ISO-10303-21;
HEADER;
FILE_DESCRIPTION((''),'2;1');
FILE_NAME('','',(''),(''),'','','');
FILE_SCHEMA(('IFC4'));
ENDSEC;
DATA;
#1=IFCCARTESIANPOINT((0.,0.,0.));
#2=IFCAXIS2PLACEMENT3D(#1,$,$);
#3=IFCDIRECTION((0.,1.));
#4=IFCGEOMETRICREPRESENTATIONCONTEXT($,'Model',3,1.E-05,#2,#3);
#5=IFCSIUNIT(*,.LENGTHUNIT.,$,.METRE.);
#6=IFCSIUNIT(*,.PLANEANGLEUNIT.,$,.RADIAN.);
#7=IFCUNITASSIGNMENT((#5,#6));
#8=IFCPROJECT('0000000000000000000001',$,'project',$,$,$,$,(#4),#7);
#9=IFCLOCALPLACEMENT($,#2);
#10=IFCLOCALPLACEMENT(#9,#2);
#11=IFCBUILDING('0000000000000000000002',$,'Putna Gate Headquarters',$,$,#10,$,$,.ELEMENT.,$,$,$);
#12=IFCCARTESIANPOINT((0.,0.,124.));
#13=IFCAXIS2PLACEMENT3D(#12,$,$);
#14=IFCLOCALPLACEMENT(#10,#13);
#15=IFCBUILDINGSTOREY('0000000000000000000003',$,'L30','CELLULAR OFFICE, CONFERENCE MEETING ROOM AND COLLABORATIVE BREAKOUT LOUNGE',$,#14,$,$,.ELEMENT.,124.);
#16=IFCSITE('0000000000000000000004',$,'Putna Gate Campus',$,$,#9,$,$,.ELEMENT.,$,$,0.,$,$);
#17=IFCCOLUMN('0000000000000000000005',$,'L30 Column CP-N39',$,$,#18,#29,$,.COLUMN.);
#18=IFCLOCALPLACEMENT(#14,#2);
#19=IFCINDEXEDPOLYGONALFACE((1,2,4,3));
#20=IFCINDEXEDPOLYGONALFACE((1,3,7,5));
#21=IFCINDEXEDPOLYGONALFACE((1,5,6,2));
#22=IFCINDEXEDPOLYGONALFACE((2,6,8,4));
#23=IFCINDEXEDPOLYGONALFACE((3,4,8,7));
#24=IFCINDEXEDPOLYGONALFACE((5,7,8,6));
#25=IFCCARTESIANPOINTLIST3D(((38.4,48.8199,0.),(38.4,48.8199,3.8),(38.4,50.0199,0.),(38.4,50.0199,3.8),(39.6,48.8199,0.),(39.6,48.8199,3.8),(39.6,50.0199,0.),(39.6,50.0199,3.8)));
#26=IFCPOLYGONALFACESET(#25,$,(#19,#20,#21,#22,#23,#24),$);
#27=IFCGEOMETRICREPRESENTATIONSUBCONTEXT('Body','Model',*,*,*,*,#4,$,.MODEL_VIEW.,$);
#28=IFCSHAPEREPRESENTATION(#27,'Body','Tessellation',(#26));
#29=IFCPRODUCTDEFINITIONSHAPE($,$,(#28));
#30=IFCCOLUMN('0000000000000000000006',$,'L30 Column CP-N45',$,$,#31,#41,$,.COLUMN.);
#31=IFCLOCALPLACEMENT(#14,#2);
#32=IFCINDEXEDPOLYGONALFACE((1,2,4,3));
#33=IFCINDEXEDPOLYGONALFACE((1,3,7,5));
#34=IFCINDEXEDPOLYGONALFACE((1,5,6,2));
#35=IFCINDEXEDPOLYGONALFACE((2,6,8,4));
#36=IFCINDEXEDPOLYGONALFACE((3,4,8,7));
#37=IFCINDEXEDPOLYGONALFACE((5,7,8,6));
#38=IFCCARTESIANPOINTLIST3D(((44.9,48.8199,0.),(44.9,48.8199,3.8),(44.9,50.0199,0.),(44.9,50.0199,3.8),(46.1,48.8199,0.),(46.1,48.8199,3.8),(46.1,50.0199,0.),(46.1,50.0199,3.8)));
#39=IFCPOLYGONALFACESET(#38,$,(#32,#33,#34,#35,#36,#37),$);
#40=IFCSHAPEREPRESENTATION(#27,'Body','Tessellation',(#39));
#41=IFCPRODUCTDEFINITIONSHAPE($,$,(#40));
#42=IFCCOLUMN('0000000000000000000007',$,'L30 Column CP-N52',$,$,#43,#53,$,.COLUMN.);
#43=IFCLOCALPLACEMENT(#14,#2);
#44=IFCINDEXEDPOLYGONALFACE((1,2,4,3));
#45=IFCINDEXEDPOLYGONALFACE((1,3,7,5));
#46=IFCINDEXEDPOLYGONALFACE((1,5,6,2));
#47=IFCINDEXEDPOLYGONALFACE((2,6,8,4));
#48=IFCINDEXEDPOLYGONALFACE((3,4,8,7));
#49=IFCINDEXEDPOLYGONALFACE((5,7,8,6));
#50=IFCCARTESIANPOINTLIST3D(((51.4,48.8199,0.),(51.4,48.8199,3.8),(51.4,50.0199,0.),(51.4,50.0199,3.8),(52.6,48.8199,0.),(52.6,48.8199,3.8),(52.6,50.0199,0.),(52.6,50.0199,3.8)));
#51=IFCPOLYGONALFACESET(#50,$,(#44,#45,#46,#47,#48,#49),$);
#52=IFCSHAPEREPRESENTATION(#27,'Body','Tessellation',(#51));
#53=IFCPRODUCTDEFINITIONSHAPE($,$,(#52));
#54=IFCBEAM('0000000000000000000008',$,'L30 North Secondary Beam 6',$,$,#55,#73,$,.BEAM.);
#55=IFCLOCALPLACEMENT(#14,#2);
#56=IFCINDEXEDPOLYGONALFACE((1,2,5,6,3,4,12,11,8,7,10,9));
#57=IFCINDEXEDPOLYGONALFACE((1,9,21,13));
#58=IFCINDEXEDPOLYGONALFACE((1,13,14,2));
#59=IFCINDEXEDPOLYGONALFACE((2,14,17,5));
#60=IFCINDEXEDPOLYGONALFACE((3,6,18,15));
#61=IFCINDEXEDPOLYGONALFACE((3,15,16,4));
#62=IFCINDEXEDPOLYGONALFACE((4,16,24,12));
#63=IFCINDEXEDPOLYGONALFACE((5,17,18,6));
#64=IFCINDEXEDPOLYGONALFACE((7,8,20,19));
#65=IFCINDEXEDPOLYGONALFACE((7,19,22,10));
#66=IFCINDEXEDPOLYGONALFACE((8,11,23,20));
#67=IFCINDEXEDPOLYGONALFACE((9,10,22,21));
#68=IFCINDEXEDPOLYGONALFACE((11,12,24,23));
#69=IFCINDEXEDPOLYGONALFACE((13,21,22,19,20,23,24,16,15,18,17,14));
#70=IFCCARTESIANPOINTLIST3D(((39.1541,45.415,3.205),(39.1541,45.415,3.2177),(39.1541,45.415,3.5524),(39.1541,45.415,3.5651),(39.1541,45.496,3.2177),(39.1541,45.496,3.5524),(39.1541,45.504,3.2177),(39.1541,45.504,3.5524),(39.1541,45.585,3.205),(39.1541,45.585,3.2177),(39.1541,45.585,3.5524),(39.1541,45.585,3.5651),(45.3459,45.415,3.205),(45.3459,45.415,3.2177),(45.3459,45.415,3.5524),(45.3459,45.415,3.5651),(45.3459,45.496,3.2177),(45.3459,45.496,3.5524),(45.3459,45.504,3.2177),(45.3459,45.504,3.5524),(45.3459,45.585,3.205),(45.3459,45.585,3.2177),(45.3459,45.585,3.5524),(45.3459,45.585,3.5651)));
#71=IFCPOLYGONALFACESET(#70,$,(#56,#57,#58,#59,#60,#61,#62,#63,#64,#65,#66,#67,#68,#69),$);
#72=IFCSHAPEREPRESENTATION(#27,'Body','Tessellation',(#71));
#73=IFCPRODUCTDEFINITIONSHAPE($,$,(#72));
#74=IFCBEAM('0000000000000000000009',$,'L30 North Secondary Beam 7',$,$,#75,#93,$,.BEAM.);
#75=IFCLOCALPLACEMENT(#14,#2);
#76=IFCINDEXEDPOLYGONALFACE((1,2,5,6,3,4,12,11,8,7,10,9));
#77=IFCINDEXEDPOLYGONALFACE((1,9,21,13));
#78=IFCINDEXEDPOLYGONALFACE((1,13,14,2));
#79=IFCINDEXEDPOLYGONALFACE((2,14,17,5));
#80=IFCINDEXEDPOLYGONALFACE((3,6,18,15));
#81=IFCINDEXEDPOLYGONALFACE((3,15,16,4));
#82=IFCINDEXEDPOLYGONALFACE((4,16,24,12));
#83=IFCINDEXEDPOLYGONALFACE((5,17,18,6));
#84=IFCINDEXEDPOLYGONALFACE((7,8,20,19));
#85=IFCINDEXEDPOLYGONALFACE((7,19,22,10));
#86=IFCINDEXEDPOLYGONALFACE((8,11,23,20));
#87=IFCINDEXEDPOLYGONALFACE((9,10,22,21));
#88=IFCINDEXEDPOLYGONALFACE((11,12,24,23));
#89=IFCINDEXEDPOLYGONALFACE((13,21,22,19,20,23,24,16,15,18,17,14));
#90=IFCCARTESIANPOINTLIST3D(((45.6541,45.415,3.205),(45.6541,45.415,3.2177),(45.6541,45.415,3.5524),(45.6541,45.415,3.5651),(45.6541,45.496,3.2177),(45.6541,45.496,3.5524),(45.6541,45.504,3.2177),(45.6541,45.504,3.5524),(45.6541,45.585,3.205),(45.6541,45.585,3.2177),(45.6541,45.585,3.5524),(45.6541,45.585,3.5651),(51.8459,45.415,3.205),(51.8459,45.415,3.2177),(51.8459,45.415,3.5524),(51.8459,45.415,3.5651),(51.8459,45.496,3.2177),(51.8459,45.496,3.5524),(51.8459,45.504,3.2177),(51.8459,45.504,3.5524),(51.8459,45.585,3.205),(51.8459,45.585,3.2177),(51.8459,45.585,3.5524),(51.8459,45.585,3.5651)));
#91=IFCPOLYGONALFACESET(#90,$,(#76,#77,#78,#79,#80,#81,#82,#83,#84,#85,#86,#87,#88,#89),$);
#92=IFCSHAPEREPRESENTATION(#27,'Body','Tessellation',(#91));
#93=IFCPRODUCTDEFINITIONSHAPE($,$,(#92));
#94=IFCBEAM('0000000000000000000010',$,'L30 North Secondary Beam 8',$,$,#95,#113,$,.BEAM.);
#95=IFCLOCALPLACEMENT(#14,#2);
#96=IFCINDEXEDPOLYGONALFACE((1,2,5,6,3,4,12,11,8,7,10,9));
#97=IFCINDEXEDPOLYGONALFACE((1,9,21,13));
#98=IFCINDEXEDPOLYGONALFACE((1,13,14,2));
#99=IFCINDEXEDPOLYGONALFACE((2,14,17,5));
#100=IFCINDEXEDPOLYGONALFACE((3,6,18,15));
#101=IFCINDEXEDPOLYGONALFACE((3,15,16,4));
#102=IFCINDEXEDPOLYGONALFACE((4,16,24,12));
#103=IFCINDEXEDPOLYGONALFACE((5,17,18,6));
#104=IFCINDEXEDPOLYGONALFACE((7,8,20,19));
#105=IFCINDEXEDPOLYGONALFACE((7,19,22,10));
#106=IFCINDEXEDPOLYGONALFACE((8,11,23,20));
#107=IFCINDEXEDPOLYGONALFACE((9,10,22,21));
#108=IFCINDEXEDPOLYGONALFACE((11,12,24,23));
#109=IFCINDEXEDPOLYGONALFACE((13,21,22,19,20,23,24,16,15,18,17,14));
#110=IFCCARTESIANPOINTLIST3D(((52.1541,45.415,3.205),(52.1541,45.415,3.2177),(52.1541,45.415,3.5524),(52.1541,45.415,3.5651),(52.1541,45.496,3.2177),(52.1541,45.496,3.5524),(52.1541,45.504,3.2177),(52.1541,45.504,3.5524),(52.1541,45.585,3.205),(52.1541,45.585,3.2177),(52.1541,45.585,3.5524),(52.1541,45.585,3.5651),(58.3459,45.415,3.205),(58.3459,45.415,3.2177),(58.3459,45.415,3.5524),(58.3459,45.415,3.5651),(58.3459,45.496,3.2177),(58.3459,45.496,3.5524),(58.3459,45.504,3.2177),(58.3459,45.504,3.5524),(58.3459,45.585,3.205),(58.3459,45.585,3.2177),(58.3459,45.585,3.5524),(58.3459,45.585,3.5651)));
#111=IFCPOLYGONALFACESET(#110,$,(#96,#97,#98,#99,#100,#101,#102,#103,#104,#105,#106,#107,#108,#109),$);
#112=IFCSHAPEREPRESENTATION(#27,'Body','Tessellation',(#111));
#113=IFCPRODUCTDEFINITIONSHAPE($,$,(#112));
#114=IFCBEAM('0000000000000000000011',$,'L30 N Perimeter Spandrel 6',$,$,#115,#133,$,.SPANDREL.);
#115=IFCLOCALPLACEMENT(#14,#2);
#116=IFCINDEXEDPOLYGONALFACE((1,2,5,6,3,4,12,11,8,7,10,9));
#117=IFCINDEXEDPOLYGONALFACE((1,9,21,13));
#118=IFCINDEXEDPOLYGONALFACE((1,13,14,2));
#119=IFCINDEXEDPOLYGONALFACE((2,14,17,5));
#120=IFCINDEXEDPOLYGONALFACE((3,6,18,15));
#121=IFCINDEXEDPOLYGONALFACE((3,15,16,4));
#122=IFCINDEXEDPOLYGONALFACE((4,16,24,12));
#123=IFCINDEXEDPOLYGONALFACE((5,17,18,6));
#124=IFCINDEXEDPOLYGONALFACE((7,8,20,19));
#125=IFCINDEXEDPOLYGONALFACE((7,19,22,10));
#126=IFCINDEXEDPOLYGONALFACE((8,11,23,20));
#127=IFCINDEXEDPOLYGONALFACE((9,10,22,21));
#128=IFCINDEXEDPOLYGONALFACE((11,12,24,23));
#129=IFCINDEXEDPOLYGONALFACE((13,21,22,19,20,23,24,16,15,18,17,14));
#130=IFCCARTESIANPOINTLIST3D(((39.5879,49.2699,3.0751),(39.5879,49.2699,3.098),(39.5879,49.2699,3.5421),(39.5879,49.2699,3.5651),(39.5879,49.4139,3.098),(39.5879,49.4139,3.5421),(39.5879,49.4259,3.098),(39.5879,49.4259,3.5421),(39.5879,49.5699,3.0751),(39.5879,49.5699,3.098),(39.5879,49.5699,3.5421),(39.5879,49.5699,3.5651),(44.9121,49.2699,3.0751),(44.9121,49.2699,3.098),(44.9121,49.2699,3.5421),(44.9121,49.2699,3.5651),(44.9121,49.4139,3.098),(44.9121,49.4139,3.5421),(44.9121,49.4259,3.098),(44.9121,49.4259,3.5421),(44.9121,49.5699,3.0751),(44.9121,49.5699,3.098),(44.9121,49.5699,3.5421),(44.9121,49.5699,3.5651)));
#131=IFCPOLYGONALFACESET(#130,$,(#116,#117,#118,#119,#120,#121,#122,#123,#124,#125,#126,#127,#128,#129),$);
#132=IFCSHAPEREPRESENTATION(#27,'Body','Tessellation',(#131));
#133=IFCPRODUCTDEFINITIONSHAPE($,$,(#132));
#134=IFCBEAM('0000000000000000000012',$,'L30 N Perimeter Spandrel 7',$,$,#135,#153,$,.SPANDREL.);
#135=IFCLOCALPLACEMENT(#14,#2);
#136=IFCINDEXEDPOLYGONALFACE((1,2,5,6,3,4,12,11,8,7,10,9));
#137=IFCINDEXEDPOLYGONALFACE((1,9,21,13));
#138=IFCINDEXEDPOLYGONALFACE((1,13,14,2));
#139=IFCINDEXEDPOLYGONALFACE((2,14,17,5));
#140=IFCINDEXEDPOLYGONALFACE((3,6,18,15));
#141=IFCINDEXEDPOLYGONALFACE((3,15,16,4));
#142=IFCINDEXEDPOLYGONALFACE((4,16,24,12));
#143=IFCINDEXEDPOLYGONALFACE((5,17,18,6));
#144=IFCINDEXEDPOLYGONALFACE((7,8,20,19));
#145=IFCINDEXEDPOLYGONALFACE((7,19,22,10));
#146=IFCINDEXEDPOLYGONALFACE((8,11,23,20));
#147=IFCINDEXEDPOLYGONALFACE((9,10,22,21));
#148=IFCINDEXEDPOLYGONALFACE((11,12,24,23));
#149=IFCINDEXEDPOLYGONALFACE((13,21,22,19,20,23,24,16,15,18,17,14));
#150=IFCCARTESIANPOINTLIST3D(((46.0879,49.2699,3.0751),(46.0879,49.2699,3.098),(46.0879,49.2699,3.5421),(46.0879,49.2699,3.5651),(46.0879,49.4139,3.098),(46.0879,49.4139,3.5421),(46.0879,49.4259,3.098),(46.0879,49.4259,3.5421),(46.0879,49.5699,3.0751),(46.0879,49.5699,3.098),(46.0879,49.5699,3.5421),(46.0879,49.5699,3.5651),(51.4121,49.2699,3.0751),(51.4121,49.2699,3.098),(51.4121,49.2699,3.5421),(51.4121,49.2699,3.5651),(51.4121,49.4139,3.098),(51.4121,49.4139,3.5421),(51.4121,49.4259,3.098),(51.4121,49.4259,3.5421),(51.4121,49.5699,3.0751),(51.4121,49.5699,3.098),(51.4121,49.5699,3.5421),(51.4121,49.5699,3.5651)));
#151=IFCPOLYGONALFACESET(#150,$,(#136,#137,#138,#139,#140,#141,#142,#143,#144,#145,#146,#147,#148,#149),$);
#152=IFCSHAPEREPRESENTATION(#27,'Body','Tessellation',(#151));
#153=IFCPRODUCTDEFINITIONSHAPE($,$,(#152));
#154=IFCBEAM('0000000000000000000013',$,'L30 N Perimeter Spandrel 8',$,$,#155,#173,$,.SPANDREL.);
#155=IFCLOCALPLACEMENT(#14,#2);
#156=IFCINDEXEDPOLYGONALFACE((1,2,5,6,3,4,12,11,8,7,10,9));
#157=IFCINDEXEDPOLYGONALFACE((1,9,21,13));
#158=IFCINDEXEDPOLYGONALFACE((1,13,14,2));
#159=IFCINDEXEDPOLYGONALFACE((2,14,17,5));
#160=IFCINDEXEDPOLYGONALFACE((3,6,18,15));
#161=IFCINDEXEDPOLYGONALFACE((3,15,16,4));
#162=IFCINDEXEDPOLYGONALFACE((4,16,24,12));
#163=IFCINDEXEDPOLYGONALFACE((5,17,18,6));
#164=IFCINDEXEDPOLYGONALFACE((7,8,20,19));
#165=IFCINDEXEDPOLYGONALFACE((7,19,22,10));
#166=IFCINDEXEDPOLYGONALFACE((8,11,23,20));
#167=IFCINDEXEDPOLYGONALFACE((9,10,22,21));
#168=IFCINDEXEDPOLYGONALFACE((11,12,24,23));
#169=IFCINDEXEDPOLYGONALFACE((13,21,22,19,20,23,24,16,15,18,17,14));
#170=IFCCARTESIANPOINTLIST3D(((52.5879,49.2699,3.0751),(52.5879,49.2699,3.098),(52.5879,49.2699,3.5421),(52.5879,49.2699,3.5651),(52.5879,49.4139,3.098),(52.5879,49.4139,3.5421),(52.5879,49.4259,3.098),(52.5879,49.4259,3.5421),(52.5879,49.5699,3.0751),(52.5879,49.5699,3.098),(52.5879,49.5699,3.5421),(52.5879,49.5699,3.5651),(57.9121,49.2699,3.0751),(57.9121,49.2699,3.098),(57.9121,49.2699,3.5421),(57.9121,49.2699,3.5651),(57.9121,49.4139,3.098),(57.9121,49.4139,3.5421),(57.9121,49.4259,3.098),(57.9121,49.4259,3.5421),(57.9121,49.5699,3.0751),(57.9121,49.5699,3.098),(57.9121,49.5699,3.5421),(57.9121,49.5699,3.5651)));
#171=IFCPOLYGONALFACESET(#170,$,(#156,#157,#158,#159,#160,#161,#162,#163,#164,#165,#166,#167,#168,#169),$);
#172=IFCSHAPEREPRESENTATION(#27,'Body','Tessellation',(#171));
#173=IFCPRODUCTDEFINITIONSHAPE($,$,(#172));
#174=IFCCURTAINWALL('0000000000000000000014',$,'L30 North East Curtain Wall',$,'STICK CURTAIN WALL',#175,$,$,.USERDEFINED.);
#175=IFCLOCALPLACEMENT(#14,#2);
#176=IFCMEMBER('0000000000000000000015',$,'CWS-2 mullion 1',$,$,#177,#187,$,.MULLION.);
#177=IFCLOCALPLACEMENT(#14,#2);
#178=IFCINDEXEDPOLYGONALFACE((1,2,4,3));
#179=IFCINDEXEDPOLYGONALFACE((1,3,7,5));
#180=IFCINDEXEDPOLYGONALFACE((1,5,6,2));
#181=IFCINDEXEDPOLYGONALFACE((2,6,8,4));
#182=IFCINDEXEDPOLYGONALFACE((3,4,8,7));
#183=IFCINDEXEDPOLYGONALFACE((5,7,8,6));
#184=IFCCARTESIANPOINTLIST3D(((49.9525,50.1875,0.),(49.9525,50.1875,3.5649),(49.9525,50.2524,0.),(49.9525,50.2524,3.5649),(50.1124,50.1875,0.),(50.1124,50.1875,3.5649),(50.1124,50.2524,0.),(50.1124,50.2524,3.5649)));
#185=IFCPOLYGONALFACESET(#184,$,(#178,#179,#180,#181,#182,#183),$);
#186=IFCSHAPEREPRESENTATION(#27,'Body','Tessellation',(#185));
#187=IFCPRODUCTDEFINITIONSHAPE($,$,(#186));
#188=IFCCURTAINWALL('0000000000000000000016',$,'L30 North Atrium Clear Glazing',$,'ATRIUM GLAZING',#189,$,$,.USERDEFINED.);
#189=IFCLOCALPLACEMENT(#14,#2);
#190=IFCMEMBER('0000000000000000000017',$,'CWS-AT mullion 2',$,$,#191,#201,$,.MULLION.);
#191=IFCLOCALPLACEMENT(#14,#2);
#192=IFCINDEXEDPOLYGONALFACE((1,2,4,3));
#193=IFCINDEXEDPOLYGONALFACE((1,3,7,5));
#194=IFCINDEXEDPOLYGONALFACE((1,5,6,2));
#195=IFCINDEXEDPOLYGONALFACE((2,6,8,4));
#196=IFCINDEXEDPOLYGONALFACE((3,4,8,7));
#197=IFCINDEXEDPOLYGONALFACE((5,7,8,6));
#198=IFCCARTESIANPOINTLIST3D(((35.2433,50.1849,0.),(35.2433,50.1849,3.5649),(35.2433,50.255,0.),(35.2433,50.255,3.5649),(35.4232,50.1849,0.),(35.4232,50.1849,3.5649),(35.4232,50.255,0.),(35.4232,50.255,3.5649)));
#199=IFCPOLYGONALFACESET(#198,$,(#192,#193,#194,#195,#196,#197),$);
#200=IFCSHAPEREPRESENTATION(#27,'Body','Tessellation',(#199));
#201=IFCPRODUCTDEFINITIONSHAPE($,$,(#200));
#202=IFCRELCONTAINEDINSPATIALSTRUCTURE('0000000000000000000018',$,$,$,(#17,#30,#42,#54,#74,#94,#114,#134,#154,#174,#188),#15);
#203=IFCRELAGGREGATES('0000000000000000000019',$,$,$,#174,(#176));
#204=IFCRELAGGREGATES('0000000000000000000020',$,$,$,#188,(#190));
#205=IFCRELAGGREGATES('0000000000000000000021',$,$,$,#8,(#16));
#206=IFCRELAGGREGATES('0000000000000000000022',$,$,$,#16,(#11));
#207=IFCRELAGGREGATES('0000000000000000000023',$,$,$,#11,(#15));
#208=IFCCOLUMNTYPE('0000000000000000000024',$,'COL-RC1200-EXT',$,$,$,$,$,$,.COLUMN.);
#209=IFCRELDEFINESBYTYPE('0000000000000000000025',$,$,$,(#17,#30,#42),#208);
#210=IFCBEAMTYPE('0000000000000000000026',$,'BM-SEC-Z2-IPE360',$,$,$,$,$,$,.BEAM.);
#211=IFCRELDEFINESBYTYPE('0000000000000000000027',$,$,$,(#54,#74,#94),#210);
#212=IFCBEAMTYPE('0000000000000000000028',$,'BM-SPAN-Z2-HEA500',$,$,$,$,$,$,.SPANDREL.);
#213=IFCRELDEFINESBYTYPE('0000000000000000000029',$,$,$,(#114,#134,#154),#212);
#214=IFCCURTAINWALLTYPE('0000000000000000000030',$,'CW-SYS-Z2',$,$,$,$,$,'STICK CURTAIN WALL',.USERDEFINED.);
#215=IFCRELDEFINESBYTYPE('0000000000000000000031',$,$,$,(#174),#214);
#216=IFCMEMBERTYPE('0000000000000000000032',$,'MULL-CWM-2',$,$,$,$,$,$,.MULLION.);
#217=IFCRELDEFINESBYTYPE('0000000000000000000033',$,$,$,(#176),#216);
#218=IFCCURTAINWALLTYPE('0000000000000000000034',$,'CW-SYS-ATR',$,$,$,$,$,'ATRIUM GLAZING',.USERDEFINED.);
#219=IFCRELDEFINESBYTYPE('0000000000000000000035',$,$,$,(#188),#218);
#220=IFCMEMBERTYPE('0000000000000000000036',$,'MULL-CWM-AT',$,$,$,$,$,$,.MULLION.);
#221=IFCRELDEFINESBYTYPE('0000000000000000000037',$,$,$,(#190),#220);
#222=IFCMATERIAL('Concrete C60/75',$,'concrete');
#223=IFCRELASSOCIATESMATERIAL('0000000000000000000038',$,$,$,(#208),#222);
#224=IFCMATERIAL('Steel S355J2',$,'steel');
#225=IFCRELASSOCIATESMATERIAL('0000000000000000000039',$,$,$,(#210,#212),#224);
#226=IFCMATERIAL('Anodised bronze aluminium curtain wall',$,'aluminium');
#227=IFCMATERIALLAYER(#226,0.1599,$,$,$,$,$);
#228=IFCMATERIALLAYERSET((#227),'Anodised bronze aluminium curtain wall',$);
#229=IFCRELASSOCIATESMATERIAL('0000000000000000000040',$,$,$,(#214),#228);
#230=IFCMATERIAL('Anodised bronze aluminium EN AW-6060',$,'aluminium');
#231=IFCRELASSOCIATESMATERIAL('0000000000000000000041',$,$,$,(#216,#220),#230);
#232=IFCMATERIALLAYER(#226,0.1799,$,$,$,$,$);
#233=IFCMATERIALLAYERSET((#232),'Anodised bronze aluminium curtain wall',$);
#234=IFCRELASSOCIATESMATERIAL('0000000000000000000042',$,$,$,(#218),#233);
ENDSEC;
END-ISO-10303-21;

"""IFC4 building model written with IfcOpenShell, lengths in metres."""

from ifc_helpers import new_model, si_unit, direction, frame, origin, origin_2d, place, context, subcontext, project, spatial, rectangle, i_section, extrude, material, layer, layer_set, material_profile, profile_set, type_object, element, aggregate, save


model = new_model("IFC4")

# Units and contexts
model_context = context("Model", 3, precision=1e-05, world=origin(), true_north=direction((0.0, 1.0)))
body_context = subcontext(model_context, "Body", "Model", "MODEL_VIEW")
ifc_project = project(units=[si_unit("LENGTHUNIT", "METRE"), si_unit("PLANEANGLEUNIT", "RADIAN")], contexts=[model_context])

# Site, building, storey
site_placement = place(None, origin())
site = spatial("IfcSite", under=ifc_project, at=site_placement, Name="Putna Gate Campus", CompositionType="ELEMENT", RefElevation=0.0)
building_placement = place(site_placement, origin())
building = spatial("IfcBuilding", under=site, at=building_placement, Name="Putna Gate Headquarters", CompositionType="ELEMENT")
storey_placement = place(building_placement, frame((0.0, 0.0, 124.0)))
storey = spatial("IfcBuildingStorey", under=building, at=storey_placement, Name="L30", Description="CELLULAR OFFICE, CONFERENCE MEETING ROOM AND COLLABORATIVE BREAKOUT LOUNGE", CompositionType="ELEMENT", Elevation=124.0)

# Columns
ifc_material_1 = material(Name="Concrete C60/75", Category="concrete")
ifc_material_profile_1 = material_profile(ifc_material_1, rectangle(XDim=1.2, YDim=1.2, at=origin_2d()), Name="Concrete C60/75")
ifc_profile_set_1 = profile_set([ifc_material_profile_1], Name="Concrete C60/75")
column_type = type_object("IfcColumnType", Name="COL-RC1200-EXT", PredefinedType="COLUMN", material=ifc_profile_set_1)
for number, where, z_axis, x_axis, name in (
    (1, (39.0, 49.4199, 0.0), (0.0, 0.0, 1.0), (1.0, 0.0, 0.0), "L30 Column CP-N39"),
    (2, (45.5, 49.4199, 0.0), (0.0, 0.0, 1.0), (1.0, 0.0, 0.0), "L30 Column CP-N45"),
    (3, (52.0, 49.4199, 0.0), (0.0, 0.0, 1.0), (1.0, 0.0, 0.0), "L30 Column CP-N52"),
):
    element("IfcColumn", number, at=place(storey_placement, frame(where, z_axis=z_axis, x_axis=x_axis)), inside=storey, type_object=column_type, Name=name, PredefinedType="COLUMN", context=body_context, shape_type="SweptSolid", body=[
        extrude(rectangle(XDim=1.2, YDim=1.2, at=origin_2d()), origin(), (0.0, 0.0, 1.0), 3.8),
    ])

# Beams
ifc_material_2 = material(Name="Steel S355J2", Category="steel")
ifc_material_profile_2 = material_profile(ifc_material_2, i_section(OverallWidth=0.1699, OverallDepth=0.3601, WebThickness=0.0081, FlangeThickness=0.0127, at=origin_2d()), Name="Steel S355J2")
ifc_profile_set_2 = profile_set([ifc_material_profile_2], Name="Steel S355J2")
beam_type_1 = type_object("IfcBeamType", Name="BM-SEC-Z2-IPE360", PredefinedType="BEAM", material=ifc_profile_set_2)
for number, where, z_axis, x_axis, name in (
    (4, (39.1541, 45.5, 3.385), (1.0, 0.0, 0.0), (0.0, 1.0, 0.0), "L30 North Secondary Beam 6"),
    (5, (45.6541, 45.5, 3.385), (1.0, 0.0, 0.0), (0.0, 1.0, 0.0), "L30 North Secondary Beam 7"),
    (6, (52.1541, 45.5, 3.385), (1.0, 0.0, 0.0), (0.0, 1.0, 0.0), "L30 North Secondary Beam 8"),
):
    element("IfcBeam", number, at=place(storey_placement, frame(where, z_axis=z_axis, x_axis=x_axis)), inside=storey, type_object=beam_type_1, Name=name, PredefinedType="BEAM", context=body_context, shape_type="SweptSolid", body=[
        extrude(i_section(OverallWidth=0.1699, OverallDepth=0.3601, WebThickness=0.0081, FlangeThickness=0.0127, at=origin_2d()), origin(), (0.0, 0.0, 1.0), 6.1919),
    ])
ifc_material_profile_3 = material_profile(ifc_material_2, i_section(OverallWidth=0.3, OverallDepth=0.49, WebThickness=0.012, FlangeThickness=0.0229, at=origin_2d()), Name="Steel S355J2")
ifc_profile_set_3 = profile_set([ifc_material_profile_3], Name="Steel S355J2")
beam_type_2 = type_object("IfcBeamType", Name="BM-SPAN-Z2-HEA500", PredefinedType="SPANDREL", material=ifc_profile_set_3)
for number, where, z_axis, x_axis, name in (
    (7, (39.5879, 49.4199, 3.3201), (1.0, 0.0, 0.0), (0.0, 1.0, 0.0), "L30 N Perimeter Spandrel 6"),
    (8, (46.0879, 49.4199, 3.3201), (1.0, 0.0, 0.0), (0.0, 1.0, 0.0), "L30 N Perimeter Spandrel 7"),
    (9, (52.5879, 49.4199, 3.3201), (1.0, 0.0, 0.0), (0.0, 1.0, 0.0), "L30 N Perimeter Spandrel 8"),
):
    element("IfcBeam", number, at=place(storey_placement, frame(where, z_axis=z_axis, x_axis=x_axis)), inside=storey, type_object=beam_type_2, Name=name, PredefinedType="SPANDREL", context=body_context, shape_type="SweptSolid", body=[
        extrude(i_section(OverallWidth=0.3, OverallDepth=0.49, WebThickness=0.012, FlangeThickness=0.0229, at=origin_2d()), origin(), (0.0, 0.0, 1.0), 5.3242),
    ])

# Curtain wall, member
ifc_material_3 = material(Name="Anodised bronze aluminium curtain wall", Category="aluminium")
ifc_layer_1 = layer(ifc_material_3, 0.1599)
ifc_layer_set_1 = layer_set([ifc_layer_1], Name="Anodised bronze aluminium curtain wall")
curtain_wall_type_1 = type_object("IfcCurtainWallType", Name="CW-SYS-Z2", ElementType="STICK CURTAIN WALL", PredefinedType="USERDEFINED", material=ifc_layer_set_1)
curtain_wall_1_placement = place(storey_placement, origin())
curtain_wall_1 = element("IfcCurtainWall", 10, at=curtain_wall_1_placement, inside=storey, type_object=curtain_wall_type_1, Name="L30 North East Curtain Wall", ObjectType="STICK CURTAIN WALL", PredefinedType="USERDEFINED")
ifc_material_4 = material(Name="Anodised bronze aluminium EN AW-6060", Category="aluminium")
ifc_material_profile_4 = material_profile(ifc_material_4, rectangle(XDim=0.0649, YDim=0.1599, at=origin_2d()), Name="Anodised bronze aluminium EN AW-6060")
ifc_profile_set_4 = profile_set([ifc_material_profile_4], Name="Anodised bronze aluminium EN AW-6060")
member_type_1 = type_object("IfcMemberType", Name="MULL-CWM-2", PredefinedType="MULLION", material=ifc_profile_set_4)
member_1_placement = place(storey_placement, frame((50.0325, 50.22, 0.0), z_axis=(0.0, 0.0, 1.0), x_axis=(0.0, 1.0, 0.0)))
member_1 = element("IfcMember", 11, at=member_1_placement, type_object=member_type_1, Name="CWS-2 mullion 1", PredefinedType="MULLION", context=body_context, shape_type="SweptSolid", body=[
    extrude(rectangle(XDim=0.0649, YDim=0.1599, at=origin_2d()), origin(), (0.0, 0.0, 1.0), 3.5649),
])

# Curtain wall, member
ifc_layer_2 = layer(ifc_material_3, 0.1799)
ifc_layer_set_2 = layer_set([ifc_layer_2], Name="Anodised bronze aluminium curtain wall")
curtain_wall_type_2 = type_object("IfcCurtainWallType", Name="CW-SYS-ATR", ElementType="ATRIUM GLAZING", PredefinedType="USERDEFINED", material=ifc_layer_set_2)
curtain_wall_2_placement = place(storey_placement, origin())
curtain_wall_2 = element("IfcCurtainWall", 12, at=curtain_wall_2_placement, inside=storey, type_object=curtain_wall_type_2, Name="L30 North Atrium Clear Glazing", ObjectType="ATRIUM GLAZING", PredefinedType="USERDEFINED")
ifc_material_profile_5 = material_profile(ifc_material_4, rectangle(XDim=0.0701, YDim=0.1799, at=origin_2d()), Name="Anodised bronze aluminium EN AW-6060")
ifc_profile_set_5 = profile_set([ifc_material_profile_5], Name="Anodised bronze aluminium EN AW-6060")
member_type_2 = type_object("IfcMemberType", Name="MULL-CWM-AT", PredefinedType="MULLION", material=ifc_profile_set_5)
member_2_placement = place(storey_placement, frame((35.3333, 50.22, 0.0), z_axis=(0.0, 0.0, 1.0), x_axis=(0.0, 1.0, 0.0)))
member_2 = element("IfcMember", 13, at=member_2_placement, type_object=member_type_2, Name="CWS-AT mullion 2", PredefinedType="MULLION", context=body_context, shape_type="SweptSolid", body=[
    extrude(rectangle(XDim=0.0701, YDim=0.1799, at=origin_2d()), origin(), (0.0, 0.0, 1.0), 3.5649),
])

aggregate(curtain_wall_1, [member_1])
aggregate(curtain_wall_2, [member_2])

save(model, "model.ifc")
